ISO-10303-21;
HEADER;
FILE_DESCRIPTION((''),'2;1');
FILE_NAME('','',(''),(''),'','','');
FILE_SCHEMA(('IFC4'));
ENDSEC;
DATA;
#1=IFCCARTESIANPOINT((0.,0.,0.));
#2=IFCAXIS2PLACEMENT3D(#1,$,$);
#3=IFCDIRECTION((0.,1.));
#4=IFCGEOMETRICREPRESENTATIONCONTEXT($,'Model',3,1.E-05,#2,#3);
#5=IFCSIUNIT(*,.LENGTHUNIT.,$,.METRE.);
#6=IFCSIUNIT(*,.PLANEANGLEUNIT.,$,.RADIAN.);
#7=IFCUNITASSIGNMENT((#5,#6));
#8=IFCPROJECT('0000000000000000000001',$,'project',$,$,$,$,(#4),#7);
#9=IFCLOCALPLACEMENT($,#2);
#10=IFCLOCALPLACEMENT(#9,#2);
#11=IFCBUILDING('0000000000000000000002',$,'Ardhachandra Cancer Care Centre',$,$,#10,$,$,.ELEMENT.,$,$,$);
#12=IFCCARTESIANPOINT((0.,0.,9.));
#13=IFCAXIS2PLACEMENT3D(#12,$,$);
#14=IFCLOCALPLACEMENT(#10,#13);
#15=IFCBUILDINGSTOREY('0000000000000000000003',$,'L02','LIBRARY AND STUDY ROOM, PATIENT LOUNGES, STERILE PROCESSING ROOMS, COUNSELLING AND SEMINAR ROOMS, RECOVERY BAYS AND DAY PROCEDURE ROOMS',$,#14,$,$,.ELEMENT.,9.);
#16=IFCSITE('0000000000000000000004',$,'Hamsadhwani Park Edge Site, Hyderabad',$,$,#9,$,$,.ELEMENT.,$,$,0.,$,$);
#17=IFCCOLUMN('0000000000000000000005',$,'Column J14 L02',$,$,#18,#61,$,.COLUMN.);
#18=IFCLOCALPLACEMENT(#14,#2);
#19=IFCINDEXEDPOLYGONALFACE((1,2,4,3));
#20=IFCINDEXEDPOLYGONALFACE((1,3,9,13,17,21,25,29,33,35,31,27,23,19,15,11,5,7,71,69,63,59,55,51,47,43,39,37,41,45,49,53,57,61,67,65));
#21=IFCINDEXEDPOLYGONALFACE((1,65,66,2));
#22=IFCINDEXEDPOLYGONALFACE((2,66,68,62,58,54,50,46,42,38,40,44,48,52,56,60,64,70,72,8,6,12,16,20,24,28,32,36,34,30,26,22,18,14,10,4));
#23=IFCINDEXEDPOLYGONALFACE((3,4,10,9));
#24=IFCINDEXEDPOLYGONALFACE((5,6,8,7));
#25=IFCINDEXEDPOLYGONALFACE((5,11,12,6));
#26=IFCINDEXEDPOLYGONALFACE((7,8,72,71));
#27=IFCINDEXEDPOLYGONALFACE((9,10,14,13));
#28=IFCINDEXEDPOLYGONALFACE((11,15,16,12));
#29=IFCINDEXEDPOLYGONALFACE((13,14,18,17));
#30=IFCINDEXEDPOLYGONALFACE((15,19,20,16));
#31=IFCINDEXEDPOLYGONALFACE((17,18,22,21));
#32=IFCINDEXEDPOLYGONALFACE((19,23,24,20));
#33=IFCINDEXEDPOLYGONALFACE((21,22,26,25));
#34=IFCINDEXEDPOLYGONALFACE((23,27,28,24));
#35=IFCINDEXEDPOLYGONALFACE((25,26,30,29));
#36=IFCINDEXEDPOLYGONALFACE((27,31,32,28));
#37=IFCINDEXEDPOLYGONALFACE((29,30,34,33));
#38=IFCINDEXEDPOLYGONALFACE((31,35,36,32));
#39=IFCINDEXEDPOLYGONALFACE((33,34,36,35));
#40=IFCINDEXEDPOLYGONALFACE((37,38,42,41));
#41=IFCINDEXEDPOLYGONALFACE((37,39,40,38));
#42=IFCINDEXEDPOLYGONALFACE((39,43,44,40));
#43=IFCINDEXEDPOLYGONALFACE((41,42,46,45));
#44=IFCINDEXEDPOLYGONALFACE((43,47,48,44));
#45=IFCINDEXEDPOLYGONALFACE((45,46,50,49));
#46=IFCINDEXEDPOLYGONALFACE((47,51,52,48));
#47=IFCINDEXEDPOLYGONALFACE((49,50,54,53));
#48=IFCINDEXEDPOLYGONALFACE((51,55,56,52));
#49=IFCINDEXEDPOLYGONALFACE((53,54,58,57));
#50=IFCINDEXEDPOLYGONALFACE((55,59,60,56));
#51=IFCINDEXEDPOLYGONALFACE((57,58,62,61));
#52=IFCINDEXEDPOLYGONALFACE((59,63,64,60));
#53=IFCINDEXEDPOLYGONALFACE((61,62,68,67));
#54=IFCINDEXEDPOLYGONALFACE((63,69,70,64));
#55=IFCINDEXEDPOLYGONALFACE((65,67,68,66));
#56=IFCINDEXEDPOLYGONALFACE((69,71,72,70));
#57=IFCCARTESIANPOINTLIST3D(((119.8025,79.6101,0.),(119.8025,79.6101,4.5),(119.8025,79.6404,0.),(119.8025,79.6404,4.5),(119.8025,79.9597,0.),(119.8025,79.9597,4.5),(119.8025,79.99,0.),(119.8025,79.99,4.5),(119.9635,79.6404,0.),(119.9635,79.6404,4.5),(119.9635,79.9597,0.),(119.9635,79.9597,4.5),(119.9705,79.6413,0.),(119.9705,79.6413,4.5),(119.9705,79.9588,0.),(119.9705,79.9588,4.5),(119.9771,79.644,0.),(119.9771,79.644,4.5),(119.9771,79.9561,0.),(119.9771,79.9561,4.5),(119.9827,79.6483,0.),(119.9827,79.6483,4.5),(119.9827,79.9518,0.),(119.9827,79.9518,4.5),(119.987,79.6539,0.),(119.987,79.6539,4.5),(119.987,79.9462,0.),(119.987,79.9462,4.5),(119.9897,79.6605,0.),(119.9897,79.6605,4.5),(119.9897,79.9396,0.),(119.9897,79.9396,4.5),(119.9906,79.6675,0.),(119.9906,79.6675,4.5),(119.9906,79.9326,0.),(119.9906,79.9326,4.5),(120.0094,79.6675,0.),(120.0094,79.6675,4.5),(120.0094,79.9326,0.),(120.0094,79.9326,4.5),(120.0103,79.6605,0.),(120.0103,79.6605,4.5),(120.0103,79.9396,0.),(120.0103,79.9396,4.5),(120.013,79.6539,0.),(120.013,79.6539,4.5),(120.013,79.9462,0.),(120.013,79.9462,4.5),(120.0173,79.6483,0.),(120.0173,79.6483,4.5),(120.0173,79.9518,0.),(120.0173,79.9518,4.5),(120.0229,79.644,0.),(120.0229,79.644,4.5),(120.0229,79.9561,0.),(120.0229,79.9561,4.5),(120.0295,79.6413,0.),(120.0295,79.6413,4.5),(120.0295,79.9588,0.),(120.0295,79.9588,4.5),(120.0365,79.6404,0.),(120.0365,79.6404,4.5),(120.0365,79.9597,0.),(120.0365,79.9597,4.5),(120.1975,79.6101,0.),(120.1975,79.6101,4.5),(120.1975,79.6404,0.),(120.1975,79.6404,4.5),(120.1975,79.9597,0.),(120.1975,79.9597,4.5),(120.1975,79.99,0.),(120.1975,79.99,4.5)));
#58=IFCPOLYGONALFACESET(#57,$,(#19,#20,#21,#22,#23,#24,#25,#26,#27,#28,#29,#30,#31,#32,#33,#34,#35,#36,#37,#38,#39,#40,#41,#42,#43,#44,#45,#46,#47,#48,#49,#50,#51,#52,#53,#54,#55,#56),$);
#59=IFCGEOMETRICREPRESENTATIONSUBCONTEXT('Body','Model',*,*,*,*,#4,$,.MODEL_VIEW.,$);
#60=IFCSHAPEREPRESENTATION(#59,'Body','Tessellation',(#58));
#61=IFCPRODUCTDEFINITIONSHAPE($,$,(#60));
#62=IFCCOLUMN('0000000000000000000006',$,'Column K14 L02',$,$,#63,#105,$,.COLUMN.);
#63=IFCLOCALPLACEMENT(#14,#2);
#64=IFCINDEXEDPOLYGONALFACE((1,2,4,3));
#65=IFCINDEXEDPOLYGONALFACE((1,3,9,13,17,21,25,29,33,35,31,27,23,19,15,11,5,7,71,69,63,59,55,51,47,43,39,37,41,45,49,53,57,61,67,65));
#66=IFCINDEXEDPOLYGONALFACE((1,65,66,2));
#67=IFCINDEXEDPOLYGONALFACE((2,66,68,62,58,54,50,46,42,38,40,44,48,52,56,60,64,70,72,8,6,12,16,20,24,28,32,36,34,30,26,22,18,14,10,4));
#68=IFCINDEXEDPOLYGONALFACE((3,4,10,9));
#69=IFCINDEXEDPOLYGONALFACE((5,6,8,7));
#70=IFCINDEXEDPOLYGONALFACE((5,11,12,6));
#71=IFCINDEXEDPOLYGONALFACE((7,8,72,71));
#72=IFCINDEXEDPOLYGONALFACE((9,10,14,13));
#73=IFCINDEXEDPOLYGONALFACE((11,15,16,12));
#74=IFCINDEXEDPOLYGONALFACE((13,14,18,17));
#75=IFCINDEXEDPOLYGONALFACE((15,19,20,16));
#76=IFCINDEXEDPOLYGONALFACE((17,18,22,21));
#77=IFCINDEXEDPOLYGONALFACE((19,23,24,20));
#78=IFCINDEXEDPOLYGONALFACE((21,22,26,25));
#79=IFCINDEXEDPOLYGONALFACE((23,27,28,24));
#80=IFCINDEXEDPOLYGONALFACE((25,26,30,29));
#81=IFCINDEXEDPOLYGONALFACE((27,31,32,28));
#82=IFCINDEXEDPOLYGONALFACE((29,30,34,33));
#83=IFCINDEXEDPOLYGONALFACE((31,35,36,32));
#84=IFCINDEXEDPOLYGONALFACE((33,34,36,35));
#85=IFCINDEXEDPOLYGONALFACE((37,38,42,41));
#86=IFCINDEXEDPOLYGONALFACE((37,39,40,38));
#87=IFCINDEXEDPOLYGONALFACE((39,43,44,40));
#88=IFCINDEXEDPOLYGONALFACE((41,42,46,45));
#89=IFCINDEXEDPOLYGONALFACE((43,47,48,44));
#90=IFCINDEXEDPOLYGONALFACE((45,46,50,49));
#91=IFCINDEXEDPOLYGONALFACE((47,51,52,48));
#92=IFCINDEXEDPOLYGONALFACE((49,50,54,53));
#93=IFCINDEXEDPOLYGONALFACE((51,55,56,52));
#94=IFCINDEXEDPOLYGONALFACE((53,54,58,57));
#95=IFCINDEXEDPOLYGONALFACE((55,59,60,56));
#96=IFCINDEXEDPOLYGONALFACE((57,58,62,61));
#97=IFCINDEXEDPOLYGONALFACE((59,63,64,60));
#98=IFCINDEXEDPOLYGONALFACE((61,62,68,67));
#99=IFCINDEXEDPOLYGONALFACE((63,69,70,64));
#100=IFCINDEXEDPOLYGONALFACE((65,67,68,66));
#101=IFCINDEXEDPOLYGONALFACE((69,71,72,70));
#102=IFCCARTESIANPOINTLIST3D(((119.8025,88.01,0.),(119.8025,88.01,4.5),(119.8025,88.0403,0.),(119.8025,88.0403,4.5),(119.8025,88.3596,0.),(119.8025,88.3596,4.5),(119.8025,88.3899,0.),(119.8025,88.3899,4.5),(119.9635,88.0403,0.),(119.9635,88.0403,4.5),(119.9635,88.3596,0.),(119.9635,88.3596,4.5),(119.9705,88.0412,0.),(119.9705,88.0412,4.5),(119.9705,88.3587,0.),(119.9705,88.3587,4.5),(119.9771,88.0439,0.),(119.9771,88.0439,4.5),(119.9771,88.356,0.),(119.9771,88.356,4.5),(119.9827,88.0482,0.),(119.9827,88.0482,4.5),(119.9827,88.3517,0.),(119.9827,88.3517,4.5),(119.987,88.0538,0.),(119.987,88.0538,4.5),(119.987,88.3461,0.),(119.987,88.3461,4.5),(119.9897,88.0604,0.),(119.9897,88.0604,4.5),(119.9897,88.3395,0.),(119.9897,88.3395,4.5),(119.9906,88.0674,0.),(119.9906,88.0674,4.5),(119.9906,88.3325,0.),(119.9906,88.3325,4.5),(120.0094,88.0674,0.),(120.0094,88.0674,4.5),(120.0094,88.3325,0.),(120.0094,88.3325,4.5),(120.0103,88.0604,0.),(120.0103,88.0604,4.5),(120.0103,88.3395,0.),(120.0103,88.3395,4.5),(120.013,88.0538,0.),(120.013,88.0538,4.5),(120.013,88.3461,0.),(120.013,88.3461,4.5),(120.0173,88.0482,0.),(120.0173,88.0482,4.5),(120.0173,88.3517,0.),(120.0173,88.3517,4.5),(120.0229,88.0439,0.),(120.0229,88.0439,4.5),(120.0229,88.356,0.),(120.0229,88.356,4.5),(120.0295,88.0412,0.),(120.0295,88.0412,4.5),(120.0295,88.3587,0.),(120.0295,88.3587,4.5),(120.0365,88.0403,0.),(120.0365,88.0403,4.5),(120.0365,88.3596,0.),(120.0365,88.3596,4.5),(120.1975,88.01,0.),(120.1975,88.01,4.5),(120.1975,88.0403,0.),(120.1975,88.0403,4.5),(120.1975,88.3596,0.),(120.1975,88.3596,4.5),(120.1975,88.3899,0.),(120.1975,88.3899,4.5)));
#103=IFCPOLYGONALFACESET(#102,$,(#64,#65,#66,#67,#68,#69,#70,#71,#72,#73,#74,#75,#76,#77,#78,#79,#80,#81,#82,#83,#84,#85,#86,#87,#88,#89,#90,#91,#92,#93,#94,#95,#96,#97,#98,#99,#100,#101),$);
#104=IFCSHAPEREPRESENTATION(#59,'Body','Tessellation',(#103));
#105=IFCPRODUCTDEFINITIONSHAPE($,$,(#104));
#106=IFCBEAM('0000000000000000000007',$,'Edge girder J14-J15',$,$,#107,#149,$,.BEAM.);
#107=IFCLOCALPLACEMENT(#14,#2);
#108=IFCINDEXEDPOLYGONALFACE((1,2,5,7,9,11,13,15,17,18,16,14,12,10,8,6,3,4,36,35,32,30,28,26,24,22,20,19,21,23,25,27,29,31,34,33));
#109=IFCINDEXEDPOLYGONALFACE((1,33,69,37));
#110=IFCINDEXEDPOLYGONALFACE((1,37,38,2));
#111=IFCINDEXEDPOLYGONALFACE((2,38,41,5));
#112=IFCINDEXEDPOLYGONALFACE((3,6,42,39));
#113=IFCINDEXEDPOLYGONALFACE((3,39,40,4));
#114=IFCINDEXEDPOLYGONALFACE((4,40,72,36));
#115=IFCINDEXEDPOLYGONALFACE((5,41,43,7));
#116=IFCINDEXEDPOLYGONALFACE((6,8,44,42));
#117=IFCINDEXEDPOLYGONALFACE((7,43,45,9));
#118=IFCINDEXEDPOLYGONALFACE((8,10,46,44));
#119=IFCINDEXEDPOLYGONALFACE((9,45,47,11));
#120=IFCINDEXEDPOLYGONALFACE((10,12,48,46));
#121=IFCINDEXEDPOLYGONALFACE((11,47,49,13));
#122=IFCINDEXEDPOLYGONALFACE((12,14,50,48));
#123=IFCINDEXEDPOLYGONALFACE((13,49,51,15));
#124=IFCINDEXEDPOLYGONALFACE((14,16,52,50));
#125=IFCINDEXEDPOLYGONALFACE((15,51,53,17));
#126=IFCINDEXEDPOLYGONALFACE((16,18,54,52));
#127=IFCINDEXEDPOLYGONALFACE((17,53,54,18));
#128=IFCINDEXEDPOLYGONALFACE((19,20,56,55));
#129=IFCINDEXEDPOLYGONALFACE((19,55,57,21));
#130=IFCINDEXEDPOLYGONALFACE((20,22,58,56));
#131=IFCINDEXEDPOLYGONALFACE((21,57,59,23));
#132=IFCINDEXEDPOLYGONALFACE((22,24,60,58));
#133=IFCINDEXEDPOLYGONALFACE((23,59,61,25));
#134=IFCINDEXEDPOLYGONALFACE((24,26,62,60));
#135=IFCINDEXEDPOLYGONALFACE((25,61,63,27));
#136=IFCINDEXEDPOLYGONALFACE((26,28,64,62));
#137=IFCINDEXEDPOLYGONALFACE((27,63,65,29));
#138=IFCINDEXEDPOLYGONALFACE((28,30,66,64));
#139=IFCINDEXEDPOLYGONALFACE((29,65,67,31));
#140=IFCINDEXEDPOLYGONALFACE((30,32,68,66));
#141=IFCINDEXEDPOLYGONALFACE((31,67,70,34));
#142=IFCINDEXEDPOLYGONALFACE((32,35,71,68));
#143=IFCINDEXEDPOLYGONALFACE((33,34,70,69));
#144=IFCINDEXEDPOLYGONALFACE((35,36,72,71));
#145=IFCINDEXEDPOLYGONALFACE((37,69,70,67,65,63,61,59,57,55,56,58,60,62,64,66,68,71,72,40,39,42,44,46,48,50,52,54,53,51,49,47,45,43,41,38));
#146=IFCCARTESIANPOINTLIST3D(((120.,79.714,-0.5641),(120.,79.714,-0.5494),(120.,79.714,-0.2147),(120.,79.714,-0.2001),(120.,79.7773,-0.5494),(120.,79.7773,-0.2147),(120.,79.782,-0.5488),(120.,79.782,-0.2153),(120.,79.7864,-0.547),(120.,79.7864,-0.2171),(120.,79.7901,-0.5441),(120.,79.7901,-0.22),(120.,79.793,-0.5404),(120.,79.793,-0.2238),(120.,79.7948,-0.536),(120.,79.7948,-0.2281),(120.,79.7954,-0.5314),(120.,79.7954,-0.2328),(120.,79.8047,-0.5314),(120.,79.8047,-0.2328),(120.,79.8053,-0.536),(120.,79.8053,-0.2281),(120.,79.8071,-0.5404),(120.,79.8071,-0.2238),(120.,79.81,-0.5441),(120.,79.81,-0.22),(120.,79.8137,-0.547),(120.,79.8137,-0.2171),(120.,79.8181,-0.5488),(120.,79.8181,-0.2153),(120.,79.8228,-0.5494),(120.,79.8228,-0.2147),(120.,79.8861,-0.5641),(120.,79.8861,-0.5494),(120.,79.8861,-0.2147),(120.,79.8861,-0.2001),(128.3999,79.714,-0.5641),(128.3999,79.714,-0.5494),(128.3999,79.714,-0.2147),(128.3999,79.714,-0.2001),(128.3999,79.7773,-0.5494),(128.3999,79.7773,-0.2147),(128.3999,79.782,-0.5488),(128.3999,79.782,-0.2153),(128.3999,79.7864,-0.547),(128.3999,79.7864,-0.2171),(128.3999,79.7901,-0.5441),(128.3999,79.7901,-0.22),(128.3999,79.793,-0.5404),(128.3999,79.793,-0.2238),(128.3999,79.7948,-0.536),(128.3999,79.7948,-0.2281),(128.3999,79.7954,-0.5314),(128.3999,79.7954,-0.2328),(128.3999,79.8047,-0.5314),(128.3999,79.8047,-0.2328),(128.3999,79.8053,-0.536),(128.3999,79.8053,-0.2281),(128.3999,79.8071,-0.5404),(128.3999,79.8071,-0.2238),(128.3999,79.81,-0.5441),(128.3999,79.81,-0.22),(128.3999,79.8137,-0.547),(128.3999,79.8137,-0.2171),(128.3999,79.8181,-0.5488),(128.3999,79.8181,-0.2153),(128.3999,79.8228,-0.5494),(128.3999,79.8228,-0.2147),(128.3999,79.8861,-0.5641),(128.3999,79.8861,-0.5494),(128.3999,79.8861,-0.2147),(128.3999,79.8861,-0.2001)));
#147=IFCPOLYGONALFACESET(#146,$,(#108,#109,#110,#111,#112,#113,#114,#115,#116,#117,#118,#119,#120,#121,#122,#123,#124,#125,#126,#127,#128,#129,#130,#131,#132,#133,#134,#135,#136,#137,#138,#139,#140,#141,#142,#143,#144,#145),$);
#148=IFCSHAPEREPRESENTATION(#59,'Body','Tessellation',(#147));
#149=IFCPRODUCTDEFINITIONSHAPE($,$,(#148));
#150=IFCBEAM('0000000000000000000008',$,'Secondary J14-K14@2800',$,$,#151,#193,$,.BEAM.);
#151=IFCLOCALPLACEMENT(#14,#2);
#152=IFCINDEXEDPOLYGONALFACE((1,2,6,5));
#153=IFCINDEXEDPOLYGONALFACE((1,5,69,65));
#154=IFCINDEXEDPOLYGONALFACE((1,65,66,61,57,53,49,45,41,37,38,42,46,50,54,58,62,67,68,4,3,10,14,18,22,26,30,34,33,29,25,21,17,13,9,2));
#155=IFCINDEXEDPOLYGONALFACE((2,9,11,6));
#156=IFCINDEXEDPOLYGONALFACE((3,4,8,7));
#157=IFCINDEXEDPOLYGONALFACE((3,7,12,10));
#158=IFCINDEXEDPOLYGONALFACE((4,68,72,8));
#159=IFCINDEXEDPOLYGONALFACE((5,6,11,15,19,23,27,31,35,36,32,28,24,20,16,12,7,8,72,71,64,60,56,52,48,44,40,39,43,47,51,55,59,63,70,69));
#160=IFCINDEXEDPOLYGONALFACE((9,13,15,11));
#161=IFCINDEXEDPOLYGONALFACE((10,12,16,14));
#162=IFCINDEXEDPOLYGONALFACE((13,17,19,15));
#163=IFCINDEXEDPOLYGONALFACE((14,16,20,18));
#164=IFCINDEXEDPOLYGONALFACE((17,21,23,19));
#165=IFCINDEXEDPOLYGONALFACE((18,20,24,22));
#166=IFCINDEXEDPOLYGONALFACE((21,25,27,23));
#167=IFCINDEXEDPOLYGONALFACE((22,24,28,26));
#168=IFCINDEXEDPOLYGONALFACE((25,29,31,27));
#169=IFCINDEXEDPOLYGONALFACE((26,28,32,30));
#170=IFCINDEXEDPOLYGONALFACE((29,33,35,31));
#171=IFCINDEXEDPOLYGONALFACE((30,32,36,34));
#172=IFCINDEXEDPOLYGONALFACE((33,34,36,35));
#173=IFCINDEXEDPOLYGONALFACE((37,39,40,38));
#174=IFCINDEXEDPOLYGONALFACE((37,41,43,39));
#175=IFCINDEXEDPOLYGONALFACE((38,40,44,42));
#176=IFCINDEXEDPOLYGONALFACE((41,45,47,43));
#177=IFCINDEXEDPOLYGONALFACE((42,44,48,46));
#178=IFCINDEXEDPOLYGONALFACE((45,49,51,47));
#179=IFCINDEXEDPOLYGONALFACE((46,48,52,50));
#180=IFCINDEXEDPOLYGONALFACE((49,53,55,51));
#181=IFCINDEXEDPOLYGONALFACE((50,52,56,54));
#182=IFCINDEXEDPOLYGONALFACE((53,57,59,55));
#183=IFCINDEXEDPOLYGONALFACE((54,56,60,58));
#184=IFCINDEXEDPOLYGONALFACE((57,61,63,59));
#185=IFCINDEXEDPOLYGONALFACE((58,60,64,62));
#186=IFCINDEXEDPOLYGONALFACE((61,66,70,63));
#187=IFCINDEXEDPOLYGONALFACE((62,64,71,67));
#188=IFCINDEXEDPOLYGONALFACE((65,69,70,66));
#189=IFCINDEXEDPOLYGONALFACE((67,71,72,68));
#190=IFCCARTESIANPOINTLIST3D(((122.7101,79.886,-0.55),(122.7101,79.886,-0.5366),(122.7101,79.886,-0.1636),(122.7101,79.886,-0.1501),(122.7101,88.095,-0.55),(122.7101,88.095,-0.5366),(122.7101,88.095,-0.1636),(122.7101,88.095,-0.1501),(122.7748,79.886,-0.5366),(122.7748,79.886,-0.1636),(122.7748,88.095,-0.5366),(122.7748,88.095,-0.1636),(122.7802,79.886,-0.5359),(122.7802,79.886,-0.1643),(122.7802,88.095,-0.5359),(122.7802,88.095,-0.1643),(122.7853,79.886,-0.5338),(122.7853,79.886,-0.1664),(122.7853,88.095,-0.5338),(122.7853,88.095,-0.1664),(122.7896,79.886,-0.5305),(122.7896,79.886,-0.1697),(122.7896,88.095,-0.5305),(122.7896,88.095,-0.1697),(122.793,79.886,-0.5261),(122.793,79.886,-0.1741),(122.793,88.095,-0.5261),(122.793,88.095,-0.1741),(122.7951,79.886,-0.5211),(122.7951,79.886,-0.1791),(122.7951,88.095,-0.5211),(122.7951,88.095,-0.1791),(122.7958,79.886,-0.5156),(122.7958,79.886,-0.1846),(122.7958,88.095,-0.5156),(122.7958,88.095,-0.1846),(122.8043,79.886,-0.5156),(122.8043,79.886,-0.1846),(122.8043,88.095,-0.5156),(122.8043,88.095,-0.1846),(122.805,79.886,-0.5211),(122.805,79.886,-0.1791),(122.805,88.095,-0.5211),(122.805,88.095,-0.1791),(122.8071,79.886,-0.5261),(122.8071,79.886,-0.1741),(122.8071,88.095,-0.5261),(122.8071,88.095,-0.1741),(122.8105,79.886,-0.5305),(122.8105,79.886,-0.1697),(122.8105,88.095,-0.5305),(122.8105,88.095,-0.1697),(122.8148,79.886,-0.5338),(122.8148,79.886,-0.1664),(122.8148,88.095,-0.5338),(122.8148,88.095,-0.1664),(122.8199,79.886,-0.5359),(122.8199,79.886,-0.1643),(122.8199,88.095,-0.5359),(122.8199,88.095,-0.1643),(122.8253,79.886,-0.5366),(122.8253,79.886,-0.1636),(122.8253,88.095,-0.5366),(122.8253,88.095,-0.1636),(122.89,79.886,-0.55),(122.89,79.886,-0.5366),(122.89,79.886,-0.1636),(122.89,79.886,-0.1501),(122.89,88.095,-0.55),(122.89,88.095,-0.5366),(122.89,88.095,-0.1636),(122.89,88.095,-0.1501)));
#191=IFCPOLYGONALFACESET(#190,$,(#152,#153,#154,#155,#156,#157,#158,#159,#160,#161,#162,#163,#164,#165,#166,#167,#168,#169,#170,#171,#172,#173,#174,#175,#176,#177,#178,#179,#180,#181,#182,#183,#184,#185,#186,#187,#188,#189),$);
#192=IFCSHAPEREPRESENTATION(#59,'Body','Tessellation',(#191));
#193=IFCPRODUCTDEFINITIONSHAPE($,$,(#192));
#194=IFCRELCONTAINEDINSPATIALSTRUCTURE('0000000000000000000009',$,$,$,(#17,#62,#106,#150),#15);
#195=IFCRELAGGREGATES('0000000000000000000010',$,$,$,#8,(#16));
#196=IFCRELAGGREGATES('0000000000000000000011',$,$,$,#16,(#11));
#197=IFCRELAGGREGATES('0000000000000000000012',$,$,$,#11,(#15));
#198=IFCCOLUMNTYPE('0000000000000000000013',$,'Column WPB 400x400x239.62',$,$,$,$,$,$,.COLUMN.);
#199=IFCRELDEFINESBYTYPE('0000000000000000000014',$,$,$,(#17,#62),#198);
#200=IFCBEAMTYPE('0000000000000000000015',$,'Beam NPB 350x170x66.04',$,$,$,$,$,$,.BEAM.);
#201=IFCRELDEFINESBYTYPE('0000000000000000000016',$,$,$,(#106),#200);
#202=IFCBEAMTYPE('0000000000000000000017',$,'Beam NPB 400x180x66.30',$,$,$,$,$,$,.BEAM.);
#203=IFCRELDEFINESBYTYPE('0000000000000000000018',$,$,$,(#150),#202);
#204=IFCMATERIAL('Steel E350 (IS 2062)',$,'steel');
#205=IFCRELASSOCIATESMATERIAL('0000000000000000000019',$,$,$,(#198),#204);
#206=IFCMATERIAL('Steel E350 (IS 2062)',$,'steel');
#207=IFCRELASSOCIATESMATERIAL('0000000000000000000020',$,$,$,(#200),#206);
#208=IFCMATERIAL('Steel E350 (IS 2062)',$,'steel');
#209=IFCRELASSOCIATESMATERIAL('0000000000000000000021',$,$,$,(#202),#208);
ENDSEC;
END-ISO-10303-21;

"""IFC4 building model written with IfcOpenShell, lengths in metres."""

from ifc_helpers import new_model, si_unit, direction, frame, origin, origin_2d, place, context, subcontext, project, spatial, i_section, extrude, material, material_profile, profile_set, type_object, element, save


model = new_model("IFC4")

# Units and contexts
model_context = context("Model", 3, precision=1e-05, world=origin(), true_north=direction((0.0, 1.0)))
body_context = subcontext(model_context, "Body", "Model", "MODEL_VIEW")
ifc_project = project(units=[si_unit("LENGTHUNIT", "METRE"), si_unit("PLANEANGLEUNIT", "RADIAN")], contexts=[model_context])

# Site, building, storey
site_placement = place(None, origin())
site = spatial("IfcSite", under=ifc_project, at=site_placement, Name="Hamsadhwani Park Edge Site, Hyderabad", CompositionType="ELEMENT", RefElevation=0.0)
building_placement = place(site_placement, origin())
building = spatial("IfcBuilding", under=site, at=building_placement, Name="Ardhachandra Cancer Care Centre", CompositionType="ELEMENT")
storey_placement = place(building_placement, frame((0.0, 0.0, 9.0)))
storey = spatial("IfcBuildingStorey", under=building, at=storey_placement, Name="L02", Description="LIBRARY AND STUDY ROOM, PATIENT LOUNGES, STERILE PROCESSING ROOMS, COUNSELLING AND SEMINAR ROOMS, RECOVERY BAYS AND DAY PROCEDURE ROOMS", CompositionType="ELEMENT", Elevation=9.0)

# Columns
ifc_material_1 = material(Name="Steel E350 (IS 2062)", Category="steel")
ifc_material_profile_1 = material_profile(ifc_material_1, i_section(OverallWidth=0.395, OverallDepth=0.3799, WebThickness=0.0188, FlangeThickness=0.0303, FilletRadius=0.0271, at=origin_2d()), Name="WPB 400x400x239.62")
ifc_profile_set_1 = profile_set([ifc_material_profile_1], Name="Steel E350 (IS 2062)")
column_type = type_object("IfcColumnType", Name="Column WPB 400x400x239.62", PredefinedType="COLUMN", material=ifc_profile_set_1)
for number, where, z_axis, x_axis, name in (
    (1, (120.0, 79.8, 0.0), (0.0, 0.0, 1.0), (1.0, 0.0, 0.0), "Column J14 L02"),
    (2, (120.0, 88.2, 0.0), (0.0, 0.0, 1.0), (1.0, 0.0, 0.0), "Column K14 L02"),
):
    element("IfcColumn", number, at=place(storey_placement, frame(where, z_axis=z_axis, x_axis=x_axis)), inside=storey, type_object=column_type, Name=name, PredefinedType="COLUMN", context=body_context, shape_type="SweptSolid", body=[
        extrude(i_section(OverallWidth=0.395, OverallDepth=0.3799, WebThickness=0.0188, FlangeThickness=0.0303, FilletRadius=0.0271, at=origin_2d()), origin(), (0.0, 0.0, 1.0), 4.5),
    ])

# Beams
ifc_material_2 = material(Name="Steel E350 (IS 2062)", Category="steel")
ifc_material_profile_2 = material_profile(ifc_material_2, i_section(OverallWidth=0.1721, OverallDepth=0.364, WebThickness=0.0093, FlangeThickness=0.0146, FilletRadius=0.0181, at=origin_2d()), Name="NPB 350x170x66.04")
ifc_profile_set_2 = profile_set([ifc_material_profile_2], Name="Steel E350 (IS 2062)")
beam_type_1 = type_object("IfcBeamType", Name="Beam NPB 350x170x66.04", PredefinedType="BEAM", material=ifc_profile_set_2)
beam_1_placement = place(storey_placement, frame((120.0, 79.8, -0.3821), z_axis=(1.0, 0.0, 0.0), x_axis=(0.0, 1.0, 0.0)))
element("IfcBeam", 3, at=beam_1_placement, inside=storey, type_object=beam_type_1, Name="Edge girder J14-J15", PredefinedType="BEAM", context=body_context, shape_type="SweptSolid", body=[
    extrude(i_section(OverallWidth=0.1721, OverallDepth=0.364, WebThickness=0.0093, FlangeThickness=0.0146, FilletRadius=0.0181, at=origin_2d()), origin(), (0.0, 0.0, 1.0), 8.3999),
])
ifc_material_3 = material(Name="Steel E350 (IS 2062)", Category="steel")
ifc_material_profile_3 = material_profile(ifc_material_3, i_section(OverallWidth=0.1799, OverallDepth=0.3999, WebThickness=0.0085, FlangeThickness=0.0134, FilletRadius=0.021, at=origin_2d()), Name="NPB 400x180x66.30")
ifc_profile_set_3 = profile_set([ifc_material_profile_3], Name="Steel E350 (IS 2062)")
beam_type_2 = type_object("IfcBeamType", Name="Beam NPB 400x180x66.30", PredefinedType="BEAM", material=ifc_profile_set_3)
beam_2_placement = place(storey_placement, frame((122.8, 79.886, -0.3501), z_axis=(0.0, 1.0, 0.0), x_axis=(-1.0, 0.0, 0.0)))
element("IfcBeam", 4, at=beam_2_placement, inside=storey, type_object=beam_type_2, Name="Secondary J14-K14@2800", PredefinedType="BEAM", context=body_context, shape_type="SweptSolid", body=[
    extrude(i_section(OverallWidth=0.1799, OverallDepth=0.3999, WebThickness=0.0085, FlangeThickness=0.0134, FilletRadius=0.021, at=origin_2d()), origin(), (0.0, 0.0, 1.0), 8.209),
])

save(model, "model.ifc")
